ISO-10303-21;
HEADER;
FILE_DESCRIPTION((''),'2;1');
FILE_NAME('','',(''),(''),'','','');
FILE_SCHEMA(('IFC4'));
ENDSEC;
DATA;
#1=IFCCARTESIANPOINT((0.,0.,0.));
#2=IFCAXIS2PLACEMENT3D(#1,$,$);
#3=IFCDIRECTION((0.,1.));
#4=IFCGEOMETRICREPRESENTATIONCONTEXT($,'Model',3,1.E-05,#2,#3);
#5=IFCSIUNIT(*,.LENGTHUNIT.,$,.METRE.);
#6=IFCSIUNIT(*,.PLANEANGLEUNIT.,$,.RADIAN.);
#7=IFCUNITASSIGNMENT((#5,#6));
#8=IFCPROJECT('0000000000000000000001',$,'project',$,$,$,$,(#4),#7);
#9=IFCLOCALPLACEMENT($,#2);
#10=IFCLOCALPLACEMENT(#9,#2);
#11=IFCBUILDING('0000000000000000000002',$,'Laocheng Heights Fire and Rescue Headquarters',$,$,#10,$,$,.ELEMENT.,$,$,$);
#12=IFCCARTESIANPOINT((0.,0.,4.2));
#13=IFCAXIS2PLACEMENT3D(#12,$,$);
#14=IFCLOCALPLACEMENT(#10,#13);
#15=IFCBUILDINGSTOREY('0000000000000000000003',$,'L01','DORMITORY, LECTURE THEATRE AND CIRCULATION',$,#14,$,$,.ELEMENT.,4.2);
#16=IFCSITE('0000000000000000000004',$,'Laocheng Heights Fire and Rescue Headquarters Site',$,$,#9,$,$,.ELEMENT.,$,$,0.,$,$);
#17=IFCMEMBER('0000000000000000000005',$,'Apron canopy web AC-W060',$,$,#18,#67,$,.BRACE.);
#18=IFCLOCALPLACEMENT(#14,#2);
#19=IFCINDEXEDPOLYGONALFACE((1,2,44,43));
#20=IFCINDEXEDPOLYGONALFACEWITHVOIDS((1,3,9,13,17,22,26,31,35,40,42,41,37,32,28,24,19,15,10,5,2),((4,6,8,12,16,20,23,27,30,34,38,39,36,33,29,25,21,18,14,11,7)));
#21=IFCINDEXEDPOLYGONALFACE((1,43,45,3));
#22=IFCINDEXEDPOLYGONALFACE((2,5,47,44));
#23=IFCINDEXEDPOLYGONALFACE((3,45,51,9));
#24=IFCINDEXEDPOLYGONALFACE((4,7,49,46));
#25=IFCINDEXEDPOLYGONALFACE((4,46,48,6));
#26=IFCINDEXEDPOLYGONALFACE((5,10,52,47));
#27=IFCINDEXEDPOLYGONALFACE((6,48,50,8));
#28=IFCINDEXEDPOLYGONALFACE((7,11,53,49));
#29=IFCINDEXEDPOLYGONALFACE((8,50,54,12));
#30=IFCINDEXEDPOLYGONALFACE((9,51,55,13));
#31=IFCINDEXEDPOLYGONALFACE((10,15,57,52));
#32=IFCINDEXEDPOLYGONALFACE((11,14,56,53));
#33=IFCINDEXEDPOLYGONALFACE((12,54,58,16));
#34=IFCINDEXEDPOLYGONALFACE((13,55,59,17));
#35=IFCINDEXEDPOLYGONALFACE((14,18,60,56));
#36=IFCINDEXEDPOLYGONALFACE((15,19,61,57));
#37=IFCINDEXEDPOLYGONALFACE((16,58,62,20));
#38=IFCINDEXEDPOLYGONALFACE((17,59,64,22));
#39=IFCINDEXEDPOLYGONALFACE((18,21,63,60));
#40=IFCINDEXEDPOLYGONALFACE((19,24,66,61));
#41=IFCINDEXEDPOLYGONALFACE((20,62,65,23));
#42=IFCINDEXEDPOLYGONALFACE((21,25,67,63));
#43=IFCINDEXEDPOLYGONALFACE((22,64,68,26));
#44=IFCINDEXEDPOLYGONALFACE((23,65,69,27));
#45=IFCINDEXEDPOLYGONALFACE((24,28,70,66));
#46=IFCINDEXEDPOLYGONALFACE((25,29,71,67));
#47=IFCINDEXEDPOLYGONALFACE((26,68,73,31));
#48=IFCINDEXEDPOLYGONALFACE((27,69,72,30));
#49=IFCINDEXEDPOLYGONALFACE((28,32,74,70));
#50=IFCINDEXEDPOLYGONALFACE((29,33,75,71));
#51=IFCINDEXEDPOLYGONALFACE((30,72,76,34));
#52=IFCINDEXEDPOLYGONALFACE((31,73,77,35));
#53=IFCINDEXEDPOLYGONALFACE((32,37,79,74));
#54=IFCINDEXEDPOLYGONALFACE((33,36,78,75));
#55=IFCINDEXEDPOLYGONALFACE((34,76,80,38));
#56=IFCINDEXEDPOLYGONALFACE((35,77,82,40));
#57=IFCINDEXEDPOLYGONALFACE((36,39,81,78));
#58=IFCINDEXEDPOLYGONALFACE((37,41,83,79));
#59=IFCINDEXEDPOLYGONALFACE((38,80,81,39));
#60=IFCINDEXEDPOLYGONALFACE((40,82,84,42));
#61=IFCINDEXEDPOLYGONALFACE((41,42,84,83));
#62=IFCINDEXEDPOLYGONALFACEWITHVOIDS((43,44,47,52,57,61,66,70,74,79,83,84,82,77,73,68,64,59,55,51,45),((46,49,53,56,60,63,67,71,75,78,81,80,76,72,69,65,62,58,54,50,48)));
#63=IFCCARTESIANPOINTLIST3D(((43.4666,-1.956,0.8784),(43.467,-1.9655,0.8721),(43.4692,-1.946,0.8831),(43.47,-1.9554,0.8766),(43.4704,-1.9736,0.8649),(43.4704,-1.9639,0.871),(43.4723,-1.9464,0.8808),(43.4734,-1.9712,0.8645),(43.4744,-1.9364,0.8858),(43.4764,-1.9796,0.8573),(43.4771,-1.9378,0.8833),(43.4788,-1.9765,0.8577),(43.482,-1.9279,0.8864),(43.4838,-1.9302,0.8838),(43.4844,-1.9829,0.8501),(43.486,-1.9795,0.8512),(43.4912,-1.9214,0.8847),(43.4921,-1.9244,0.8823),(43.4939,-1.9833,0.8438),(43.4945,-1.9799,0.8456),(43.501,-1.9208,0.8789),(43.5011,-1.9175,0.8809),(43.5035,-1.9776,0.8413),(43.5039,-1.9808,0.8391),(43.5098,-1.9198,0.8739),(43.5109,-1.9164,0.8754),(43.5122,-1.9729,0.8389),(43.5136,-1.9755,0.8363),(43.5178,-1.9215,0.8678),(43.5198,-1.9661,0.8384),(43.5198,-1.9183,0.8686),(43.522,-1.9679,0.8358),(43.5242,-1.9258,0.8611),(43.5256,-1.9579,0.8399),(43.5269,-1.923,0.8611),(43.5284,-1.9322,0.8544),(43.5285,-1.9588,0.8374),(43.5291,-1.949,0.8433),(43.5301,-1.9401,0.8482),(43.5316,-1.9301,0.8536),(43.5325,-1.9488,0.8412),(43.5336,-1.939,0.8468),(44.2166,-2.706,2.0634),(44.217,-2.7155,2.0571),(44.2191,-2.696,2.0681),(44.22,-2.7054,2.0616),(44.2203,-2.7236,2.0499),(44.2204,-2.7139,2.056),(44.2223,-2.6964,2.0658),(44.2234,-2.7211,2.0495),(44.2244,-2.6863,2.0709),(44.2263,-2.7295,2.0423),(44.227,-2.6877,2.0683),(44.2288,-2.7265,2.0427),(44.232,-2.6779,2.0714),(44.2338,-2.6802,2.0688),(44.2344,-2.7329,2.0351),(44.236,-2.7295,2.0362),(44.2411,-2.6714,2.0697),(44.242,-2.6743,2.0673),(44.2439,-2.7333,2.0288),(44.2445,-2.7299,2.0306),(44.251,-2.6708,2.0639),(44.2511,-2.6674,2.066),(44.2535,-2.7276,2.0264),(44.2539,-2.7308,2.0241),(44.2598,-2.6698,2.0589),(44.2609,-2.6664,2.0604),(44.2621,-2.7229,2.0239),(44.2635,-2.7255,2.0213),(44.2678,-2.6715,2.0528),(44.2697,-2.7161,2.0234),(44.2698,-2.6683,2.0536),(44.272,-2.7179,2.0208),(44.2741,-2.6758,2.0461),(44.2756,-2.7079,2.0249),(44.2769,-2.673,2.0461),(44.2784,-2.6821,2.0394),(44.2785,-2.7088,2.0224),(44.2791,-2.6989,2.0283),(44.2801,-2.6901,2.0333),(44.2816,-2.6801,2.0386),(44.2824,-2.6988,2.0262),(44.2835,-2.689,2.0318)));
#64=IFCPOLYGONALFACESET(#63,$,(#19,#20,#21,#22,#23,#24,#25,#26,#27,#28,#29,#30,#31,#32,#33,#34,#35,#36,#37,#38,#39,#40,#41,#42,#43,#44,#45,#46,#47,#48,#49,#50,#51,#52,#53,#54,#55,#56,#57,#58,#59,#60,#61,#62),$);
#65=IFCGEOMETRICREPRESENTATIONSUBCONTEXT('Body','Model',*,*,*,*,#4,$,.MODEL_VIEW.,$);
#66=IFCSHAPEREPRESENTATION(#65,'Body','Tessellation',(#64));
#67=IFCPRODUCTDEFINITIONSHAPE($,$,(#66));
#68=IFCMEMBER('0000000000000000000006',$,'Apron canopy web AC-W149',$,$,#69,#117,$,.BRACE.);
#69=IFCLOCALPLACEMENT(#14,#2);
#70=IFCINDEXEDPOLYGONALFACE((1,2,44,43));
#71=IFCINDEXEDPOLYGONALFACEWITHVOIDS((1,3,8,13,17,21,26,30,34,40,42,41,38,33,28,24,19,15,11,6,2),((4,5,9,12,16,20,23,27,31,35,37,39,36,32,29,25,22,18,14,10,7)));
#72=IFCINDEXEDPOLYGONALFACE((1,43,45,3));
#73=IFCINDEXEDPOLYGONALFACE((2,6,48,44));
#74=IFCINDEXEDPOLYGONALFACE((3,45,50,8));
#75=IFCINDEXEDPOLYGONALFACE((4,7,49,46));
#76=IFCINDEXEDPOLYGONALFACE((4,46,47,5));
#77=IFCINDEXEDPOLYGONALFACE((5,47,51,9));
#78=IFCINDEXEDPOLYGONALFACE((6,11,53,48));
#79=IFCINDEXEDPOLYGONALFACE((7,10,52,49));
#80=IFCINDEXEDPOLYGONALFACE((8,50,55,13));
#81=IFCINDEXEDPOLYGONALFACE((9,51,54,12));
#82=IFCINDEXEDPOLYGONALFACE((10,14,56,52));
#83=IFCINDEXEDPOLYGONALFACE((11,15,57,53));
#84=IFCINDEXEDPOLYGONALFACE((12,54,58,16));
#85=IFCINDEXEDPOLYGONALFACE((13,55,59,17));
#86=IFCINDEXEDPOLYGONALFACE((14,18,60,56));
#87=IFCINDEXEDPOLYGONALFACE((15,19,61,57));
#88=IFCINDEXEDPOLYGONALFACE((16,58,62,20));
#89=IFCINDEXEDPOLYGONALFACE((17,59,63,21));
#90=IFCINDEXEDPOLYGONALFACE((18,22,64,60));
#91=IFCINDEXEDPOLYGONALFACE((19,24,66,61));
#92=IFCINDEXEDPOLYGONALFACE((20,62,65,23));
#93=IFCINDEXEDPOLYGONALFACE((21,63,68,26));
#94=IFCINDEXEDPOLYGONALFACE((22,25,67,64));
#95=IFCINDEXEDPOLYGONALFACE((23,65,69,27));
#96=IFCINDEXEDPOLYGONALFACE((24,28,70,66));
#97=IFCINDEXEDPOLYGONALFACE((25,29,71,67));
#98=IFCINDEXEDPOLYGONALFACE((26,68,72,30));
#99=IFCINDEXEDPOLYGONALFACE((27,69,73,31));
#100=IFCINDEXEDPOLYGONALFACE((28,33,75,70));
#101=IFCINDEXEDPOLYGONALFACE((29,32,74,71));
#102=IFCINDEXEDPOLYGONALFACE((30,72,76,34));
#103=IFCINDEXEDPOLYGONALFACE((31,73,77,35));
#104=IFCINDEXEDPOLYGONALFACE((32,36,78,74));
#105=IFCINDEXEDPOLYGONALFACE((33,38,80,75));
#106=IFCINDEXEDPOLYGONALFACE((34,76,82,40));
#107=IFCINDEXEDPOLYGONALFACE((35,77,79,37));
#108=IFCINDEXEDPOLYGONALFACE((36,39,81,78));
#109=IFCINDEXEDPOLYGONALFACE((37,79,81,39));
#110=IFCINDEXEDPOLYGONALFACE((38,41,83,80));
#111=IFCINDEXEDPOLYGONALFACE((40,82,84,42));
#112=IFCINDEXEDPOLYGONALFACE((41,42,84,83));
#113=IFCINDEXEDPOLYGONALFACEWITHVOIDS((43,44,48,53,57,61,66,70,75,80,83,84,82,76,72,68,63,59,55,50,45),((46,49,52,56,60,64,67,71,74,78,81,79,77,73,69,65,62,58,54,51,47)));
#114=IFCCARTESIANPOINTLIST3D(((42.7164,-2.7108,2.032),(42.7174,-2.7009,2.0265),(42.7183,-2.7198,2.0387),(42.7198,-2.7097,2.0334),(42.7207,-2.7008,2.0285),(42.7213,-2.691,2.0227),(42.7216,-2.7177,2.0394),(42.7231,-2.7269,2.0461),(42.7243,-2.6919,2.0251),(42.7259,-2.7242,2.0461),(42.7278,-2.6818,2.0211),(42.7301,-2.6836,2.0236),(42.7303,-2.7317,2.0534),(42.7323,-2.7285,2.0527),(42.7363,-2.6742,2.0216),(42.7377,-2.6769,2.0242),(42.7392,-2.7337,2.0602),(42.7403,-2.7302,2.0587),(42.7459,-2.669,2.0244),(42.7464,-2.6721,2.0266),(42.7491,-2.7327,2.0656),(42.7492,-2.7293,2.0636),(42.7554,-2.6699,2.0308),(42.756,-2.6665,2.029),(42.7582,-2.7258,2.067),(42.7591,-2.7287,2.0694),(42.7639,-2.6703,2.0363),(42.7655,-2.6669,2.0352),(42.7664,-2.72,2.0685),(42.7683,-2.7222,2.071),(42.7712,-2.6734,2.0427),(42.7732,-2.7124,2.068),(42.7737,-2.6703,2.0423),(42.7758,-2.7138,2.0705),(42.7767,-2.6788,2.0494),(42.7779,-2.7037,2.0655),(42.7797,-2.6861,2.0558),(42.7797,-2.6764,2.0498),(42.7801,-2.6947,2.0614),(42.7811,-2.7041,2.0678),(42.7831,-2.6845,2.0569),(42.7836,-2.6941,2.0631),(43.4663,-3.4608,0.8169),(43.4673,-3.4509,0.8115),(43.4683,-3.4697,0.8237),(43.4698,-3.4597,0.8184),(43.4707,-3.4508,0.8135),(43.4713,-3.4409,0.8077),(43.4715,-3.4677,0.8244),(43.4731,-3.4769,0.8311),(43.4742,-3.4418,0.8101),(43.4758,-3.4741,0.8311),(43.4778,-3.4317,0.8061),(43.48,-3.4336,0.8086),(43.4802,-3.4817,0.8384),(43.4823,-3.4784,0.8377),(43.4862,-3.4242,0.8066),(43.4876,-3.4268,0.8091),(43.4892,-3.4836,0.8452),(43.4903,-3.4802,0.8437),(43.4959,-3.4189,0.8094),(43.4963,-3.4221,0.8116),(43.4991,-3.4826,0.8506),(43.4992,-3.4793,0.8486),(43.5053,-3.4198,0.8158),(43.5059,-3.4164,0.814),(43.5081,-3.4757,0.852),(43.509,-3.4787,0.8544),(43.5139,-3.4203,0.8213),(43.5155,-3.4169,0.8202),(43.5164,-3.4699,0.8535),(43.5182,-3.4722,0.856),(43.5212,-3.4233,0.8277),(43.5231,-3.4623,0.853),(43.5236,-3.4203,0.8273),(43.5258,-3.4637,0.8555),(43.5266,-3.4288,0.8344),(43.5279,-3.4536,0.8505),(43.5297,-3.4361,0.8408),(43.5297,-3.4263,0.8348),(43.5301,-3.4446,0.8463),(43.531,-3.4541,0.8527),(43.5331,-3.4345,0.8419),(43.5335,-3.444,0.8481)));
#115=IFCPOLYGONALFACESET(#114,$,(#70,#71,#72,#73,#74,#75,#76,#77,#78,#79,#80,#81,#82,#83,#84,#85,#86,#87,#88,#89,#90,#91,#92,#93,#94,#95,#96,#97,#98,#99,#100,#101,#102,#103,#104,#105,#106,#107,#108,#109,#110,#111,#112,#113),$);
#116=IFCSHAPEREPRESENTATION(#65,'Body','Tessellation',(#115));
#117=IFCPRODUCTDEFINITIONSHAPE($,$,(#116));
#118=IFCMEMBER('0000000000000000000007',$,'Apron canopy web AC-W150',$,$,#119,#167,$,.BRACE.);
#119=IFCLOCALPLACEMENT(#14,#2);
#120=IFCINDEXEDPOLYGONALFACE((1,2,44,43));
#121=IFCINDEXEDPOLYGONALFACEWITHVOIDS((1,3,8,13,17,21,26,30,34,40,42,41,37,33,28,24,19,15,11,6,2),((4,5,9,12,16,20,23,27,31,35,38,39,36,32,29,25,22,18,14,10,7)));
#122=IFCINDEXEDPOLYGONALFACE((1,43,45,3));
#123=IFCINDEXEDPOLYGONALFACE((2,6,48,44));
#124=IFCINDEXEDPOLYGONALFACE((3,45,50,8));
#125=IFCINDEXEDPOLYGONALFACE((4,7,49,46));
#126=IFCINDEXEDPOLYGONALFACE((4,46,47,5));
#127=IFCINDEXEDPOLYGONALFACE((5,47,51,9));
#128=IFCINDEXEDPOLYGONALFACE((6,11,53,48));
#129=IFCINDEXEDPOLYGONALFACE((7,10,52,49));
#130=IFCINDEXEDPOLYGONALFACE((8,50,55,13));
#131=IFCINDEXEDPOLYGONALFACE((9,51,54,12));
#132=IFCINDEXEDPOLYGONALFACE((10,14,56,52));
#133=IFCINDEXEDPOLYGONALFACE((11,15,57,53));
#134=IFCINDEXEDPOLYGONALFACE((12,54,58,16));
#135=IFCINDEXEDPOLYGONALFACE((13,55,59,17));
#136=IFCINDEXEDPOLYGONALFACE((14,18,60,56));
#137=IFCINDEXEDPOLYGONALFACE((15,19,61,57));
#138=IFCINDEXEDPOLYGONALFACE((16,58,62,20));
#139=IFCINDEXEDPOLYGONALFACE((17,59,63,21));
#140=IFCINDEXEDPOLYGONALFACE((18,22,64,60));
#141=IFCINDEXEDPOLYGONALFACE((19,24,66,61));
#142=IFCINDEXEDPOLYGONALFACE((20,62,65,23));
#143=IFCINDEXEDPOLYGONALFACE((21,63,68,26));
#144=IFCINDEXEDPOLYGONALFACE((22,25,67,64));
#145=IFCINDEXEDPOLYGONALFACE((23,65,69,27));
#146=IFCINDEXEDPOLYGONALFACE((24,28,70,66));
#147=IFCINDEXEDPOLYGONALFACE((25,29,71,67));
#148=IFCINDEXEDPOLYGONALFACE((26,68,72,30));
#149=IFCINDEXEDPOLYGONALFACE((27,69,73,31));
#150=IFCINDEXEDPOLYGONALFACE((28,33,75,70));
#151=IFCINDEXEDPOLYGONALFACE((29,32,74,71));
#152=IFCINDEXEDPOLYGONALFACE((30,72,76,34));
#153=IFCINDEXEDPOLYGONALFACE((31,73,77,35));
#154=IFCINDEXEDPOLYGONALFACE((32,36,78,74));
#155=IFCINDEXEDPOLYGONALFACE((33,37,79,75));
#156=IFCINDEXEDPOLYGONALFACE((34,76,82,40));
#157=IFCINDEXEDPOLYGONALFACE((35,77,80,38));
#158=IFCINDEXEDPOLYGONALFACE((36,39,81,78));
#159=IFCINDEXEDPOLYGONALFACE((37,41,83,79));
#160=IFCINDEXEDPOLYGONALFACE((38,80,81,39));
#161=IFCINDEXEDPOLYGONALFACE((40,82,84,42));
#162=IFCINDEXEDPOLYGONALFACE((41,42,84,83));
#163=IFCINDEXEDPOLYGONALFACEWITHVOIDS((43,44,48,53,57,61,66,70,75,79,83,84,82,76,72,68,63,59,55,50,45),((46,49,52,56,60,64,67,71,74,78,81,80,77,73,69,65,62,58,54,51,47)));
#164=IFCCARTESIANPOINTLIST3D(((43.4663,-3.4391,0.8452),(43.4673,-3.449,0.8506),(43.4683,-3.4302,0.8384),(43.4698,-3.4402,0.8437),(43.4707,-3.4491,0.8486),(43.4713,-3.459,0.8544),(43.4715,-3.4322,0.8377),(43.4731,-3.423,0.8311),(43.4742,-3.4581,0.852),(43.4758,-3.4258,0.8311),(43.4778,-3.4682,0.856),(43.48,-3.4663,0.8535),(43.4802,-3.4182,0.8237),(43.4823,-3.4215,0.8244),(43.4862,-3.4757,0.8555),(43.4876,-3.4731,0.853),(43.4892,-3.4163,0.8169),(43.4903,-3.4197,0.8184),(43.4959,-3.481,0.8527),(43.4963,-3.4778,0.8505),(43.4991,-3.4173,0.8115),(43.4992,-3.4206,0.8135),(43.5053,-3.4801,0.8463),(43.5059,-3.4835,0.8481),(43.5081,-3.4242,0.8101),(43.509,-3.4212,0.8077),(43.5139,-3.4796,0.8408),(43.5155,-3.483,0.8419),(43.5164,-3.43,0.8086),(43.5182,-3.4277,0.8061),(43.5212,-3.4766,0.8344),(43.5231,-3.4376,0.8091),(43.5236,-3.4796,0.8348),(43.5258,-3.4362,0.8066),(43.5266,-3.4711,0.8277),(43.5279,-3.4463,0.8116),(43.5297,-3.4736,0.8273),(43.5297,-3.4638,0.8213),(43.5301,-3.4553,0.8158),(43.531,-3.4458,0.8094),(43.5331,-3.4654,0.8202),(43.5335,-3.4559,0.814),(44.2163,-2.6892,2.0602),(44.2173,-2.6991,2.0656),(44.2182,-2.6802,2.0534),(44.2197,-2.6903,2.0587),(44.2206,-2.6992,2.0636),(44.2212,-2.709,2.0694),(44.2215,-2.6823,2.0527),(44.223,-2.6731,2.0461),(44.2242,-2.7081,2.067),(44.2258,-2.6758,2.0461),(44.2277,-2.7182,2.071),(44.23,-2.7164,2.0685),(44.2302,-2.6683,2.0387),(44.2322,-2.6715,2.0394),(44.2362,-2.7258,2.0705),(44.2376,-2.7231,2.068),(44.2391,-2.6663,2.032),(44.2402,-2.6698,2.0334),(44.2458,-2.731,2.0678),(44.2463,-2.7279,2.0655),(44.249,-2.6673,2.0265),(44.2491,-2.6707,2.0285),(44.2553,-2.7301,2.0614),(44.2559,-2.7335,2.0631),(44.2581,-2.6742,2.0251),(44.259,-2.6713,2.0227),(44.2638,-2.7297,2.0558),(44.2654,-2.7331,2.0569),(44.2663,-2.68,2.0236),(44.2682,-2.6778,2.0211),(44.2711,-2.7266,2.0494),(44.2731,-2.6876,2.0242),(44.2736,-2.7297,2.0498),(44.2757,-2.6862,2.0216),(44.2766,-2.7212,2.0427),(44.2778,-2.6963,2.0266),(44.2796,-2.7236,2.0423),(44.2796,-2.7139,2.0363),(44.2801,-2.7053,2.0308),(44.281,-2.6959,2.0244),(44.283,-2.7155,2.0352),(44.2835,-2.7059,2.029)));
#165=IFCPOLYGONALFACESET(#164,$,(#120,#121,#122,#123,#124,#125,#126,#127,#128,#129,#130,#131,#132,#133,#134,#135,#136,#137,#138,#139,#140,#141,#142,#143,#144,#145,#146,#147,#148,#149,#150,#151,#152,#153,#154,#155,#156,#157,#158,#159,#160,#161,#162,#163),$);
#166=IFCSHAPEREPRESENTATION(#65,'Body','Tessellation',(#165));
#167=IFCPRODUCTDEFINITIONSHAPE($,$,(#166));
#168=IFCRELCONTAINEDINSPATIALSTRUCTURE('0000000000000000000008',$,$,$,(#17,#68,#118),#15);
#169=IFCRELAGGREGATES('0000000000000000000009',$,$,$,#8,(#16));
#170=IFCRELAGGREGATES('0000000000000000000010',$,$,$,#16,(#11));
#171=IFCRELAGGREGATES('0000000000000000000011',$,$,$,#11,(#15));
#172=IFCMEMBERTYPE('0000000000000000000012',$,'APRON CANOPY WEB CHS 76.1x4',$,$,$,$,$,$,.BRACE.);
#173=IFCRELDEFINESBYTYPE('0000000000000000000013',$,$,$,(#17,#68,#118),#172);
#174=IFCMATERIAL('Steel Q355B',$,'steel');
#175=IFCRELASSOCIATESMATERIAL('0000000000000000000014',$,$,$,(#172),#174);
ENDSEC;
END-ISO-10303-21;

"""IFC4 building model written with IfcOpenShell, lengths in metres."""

from ifc_helpers import new_model, si_unit, direction, frame, origin, origin_2d, place, context, subcontext, project, spatial, hollow_circle, extrude, material, material_profile, profile_set, type_object, element, save


model = new_model("IFC4")

# Units and contexts
model_context = context("Model", 3, precision=1e-05, world=origin(), true_north=direction((0.0, 1.0)))
body_context = subcontext(model_context, "Body", "Model", "MODEL_VIEW")
ifc_project = project(units=[si_unit("LENGTHUNIT", "METRE"), si_unit("PLANEANGLEUNIT", "RADIAN")], contexts=[model_context])

# Site, building, storey
site_placement = place(None, origin())
site = spatial("IfcSite", under=ifc_project, at=site_placement, Name="Laocheng Heights Fire and Rescue Headquarters Site", CompositionType="ELEMENT", RefElevation=0.0)
building_placement = place(site_placement, origin())
building = spatial("IfcBuilding", under=site, at=building_placement, Name="Laocheng Heights Fire and Rescue Headquarters", CompositionType="ELEMENT")
storey_placement = place(building_placement, frame((0.0, 0.0, 4.2)))
storey = spatial("IfcBuildingStorey", under=building, at=storey_placement, Name="L01", Description="DORMITORY, LECTURE THEATRE AND CIRCULATION", CompositionType="ELEMENT", Elevation=4.2)

# Members
ifc_material_1 = material(Name="Steel Q355B", Category="steel")
ifc_material_profile_1 = material_profile(ifc_material_1, hollow_circle(Radius=0.0381, WallThickness=0.0039, at=origin_2d()), Name="CHS 76.1x4")
ifc_profile_set_1 = profile_set([ifc_material_profile_1], Name="Steel Q355B")
member_type_1 = type_object("IfcMemberType", Name="APRON CANOPY WEB CHS 76.1x4", PredefinedType="BRACE", material=ifc_profile_set_1)
for number, where, z_axis, x_axis, name in (
    (1, (43.5, -1.95, 0.8611), (0.47158, -0.47158, 0.745134), (0.707107, 0.707107, 0.0), "Apron canopy web AC-W060"),
):
    element("IfcMember", number, at=place(storey_placement, frame(where, z_axis=z_axis, x_axis=x_axis)), inside=storey, type_object=member_type_1, Name=name, PredefinedType="BRACE", context=body_context, shape_type="SweptSolid", body=[
        extrude(hollow_circle(Radius=0.0381, WallThickness=0.0039, at=origin_2d()), origin(), (0.0, 0.0, 1.0), 1.5903),
    ])
for number, where, z_axis, x_axis, name in (
    (2, (43.5, -3.45, 0.8311), (-0.465002, 0.465002, 0.753357), (-0.707107, -0.707107, 0.0), "Apron canopy web AC-W149"),
    (3, (43.5, -3.45, 0.8311), (0.465002, 0.465002, 0.753357), (-0.707107, 0.707107, 0.0), "Apron canopy web AC-W150"),
):
    element("IfcMember", number, at=place(storey_placement, frame(where, z_axis=z_axis, x_axis=x_axis)), inside=storey, type_object=member_type_1, Name=name, PredefinedType="BRACE", context=body_context, shape_type="SweptSolid", body=[
        extrude(hollow_circle(Radius=0.0381, WallThickness=0.0039, at=origin_2d()), origin(), (0.0, 0.0, 1.0), 1.6128),
    ])

save(model, "model.ifc")
